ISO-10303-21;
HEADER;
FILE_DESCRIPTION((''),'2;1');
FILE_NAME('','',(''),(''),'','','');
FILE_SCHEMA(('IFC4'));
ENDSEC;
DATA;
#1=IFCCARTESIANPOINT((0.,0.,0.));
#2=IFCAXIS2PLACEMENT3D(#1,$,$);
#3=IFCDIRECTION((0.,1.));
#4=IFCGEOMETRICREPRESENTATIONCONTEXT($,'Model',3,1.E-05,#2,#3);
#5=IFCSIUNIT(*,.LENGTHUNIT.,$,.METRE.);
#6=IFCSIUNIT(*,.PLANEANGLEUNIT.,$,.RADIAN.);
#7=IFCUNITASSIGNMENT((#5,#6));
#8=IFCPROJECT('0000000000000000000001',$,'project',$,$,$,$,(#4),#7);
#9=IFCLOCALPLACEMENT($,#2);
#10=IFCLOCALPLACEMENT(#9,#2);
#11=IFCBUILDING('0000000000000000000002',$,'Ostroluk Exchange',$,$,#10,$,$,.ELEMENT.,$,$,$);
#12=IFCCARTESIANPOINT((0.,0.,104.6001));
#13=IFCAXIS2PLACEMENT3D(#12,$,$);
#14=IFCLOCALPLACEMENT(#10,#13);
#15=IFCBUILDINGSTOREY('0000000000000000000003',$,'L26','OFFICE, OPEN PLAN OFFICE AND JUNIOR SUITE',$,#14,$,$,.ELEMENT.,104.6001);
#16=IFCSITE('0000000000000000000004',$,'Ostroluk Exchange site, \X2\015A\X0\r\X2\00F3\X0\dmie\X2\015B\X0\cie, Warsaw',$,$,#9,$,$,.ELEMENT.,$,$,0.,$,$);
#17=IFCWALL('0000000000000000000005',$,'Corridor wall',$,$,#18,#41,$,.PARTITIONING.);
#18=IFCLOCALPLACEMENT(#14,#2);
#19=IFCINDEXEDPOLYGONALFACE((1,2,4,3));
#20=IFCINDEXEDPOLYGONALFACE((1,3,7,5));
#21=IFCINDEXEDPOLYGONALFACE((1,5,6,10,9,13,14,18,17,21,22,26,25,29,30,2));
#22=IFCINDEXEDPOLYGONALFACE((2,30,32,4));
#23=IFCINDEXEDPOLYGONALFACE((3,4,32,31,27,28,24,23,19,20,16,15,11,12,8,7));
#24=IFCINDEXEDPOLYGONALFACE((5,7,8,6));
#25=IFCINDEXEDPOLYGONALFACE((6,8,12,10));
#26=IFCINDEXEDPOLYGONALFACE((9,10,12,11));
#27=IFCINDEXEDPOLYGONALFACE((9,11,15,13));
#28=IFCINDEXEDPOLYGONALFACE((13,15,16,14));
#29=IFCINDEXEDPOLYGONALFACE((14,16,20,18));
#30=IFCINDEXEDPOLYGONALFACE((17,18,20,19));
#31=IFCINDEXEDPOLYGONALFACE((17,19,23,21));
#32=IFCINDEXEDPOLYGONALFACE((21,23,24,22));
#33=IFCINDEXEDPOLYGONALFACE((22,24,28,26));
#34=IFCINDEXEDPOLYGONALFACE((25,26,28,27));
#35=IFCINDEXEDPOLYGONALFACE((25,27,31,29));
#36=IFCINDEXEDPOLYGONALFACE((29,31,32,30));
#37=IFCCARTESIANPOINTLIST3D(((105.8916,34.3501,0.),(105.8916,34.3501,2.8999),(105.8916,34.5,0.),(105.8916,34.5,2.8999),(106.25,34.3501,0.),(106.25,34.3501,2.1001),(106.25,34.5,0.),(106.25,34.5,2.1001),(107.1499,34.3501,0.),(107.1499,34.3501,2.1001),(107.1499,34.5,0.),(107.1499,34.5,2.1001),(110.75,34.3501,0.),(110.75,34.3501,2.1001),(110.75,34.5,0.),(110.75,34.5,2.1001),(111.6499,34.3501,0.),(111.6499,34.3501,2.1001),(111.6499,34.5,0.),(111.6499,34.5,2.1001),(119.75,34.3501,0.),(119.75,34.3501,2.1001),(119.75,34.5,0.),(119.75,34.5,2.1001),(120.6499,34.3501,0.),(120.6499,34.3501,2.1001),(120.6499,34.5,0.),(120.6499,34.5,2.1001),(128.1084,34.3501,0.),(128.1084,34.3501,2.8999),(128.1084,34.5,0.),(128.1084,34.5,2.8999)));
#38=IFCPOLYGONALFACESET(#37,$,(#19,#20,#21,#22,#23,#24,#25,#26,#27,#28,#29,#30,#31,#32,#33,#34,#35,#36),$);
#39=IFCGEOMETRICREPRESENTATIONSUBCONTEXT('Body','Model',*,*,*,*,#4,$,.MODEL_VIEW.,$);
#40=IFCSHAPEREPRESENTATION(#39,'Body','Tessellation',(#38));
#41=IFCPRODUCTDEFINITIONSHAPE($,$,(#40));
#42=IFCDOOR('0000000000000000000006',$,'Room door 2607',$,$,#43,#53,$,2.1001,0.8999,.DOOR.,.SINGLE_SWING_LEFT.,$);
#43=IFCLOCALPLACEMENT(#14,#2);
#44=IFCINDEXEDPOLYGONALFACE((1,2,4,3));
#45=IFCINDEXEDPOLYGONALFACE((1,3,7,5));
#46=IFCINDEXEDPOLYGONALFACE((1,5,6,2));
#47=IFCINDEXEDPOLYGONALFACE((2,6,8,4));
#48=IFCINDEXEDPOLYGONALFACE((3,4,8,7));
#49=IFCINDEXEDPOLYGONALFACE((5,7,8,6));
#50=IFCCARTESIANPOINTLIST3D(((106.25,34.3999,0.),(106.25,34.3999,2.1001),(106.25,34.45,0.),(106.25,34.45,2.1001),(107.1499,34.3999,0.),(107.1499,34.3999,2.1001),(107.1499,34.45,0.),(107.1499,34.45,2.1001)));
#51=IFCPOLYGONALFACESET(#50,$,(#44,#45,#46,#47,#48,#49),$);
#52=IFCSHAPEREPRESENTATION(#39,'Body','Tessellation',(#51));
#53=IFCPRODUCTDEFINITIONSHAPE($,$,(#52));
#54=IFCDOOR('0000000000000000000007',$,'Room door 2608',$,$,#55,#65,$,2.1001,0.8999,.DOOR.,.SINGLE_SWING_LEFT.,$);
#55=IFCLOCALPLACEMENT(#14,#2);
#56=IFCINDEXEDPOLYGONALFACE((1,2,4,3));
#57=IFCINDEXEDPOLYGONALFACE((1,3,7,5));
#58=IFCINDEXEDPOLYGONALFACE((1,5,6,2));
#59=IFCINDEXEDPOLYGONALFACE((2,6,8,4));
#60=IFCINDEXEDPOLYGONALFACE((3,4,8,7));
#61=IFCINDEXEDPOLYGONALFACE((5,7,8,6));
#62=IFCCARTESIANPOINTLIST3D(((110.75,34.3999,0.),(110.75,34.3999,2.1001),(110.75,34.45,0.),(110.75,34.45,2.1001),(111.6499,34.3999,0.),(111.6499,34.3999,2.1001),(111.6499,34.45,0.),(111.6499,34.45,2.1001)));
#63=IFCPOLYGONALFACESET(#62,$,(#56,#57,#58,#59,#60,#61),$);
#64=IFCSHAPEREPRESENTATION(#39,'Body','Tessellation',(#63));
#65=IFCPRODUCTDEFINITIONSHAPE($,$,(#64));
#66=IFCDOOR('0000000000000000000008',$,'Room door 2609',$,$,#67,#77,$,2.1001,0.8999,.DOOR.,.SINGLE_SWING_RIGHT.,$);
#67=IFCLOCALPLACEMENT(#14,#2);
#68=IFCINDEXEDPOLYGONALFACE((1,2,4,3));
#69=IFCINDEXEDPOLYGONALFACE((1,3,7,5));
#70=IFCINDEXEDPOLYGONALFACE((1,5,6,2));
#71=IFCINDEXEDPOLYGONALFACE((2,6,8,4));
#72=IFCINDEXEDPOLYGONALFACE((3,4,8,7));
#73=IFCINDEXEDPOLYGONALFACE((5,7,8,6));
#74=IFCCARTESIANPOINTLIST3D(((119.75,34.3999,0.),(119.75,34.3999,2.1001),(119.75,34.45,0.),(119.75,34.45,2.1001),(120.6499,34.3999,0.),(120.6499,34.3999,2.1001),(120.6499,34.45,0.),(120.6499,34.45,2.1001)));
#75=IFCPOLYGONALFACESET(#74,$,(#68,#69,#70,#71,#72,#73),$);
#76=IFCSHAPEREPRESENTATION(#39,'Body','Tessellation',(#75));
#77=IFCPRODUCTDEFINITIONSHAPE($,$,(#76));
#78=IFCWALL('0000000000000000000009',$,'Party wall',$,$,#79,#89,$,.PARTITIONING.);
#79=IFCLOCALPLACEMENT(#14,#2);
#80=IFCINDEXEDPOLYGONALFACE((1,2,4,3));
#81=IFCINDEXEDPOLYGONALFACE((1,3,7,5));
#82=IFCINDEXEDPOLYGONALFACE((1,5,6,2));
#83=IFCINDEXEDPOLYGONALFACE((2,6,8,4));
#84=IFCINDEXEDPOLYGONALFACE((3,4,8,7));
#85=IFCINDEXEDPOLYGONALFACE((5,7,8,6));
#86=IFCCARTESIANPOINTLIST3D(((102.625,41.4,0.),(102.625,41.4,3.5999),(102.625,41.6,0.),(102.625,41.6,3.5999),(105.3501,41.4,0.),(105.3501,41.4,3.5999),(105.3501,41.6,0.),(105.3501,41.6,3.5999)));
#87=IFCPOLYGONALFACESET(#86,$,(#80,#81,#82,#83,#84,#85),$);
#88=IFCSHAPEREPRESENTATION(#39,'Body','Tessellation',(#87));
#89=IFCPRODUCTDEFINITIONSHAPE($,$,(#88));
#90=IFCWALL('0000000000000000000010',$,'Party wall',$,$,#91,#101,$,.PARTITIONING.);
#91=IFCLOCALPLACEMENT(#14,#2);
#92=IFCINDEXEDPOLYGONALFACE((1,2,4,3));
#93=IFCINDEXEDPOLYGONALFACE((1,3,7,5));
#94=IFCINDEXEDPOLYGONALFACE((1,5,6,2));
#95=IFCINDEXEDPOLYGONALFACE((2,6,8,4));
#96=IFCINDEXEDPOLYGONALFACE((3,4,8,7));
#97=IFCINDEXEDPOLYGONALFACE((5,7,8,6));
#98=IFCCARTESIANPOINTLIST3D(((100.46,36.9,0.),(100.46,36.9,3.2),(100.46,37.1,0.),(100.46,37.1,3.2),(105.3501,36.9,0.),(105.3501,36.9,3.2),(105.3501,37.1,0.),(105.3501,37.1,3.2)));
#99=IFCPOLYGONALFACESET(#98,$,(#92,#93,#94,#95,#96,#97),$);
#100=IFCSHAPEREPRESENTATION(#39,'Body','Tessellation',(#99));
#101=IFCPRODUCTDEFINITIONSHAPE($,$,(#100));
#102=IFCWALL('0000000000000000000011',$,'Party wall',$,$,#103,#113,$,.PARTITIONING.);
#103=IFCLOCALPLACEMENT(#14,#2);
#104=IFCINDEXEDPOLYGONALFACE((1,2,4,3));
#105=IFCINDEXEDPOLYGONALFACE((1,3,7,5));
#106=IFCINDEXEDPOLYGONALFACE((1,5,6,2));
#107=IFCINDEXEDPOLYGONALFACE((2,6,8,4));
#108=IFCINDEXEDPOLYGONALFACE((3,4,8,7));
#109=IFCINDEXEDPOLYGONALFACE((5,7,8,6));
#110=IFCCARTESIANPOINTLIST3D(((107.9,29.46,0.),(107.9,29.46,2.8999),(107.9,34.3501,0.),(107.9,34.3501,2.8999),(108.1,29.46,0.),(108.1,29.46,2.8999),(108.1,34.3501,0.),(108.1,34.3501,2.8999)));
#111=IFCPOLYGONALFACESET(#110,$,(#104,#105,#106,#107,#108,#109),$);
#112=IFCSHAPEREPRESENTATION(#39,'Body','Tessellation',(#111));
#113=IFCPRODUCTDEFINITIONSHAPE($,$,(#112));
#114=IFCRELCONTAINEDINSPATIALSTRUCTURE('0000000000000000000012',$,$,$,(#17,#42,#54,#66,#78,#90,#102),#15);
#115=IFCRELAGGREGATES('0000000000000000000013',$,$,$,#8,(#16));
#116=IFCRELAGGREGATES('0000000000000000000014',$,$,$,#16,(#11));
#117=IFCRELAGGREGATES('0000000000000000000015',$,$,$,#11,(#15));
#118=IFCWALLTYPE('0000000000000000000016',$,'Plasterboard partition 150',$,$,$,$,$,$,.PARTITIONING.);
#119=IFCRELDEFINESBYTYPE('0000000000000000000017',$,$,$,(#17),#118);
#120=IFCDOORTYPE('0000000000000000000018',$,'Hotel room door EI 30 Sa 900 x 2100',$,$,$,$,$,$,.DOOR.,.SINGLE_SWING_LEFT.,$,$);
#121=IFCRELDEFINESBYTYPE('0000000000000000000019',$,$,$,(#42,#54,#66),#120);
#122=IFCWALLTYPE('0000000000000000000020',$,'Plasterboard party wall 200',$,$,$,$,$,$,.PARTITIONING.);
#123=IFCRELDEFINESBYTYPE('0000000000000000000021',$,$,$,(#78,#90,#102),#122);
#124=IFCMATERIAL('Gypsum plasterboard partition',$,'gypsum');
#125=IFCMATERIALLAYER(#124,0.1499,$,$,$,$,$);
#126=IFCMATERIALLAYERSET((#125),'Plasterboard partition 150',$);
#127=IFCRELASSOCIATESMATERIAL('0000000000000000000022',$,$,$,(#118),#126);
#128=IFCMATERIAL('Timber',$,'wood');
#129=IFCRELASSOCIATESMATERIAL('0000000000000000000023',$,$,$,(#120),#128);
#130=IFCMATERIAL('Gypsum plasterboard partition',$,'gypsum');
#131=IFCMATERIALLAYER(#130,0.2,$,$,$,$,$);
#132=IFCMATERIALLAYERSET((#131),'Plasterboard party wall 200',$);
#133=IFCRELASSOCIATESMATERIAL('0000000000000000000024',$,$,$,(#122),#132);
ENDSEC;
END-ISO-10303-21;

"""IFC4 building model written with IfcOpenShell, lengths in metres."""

from ifc_helpers import new_model, si_unit, direction, frame, frame_2d, origin, place, context, subcontext, project, spatial, rectangle, extrude, material, layer, layer_set, type_object, element, fill, save


model = new_model("IFC4")

# Units and contexts
model_context = context("Model", 3, precision=1e-05, world=origin(), true_north=direction((0.0, 1.0)))
body_context = subcontext(model_context, "Body", "Model", "MODEL_VIEW")
ifc_project = project(units=[si_unit("LENGTHUNIT", "METRE"), si_unit("PLANEANGLEUNIT", "RADIAN")], contexts=[model_context])

# Site, building, storey
site_placement = place(None, origin())
site = spatial("IfcSite", under=ifc_project, at=site_placement, Name="Ostroluk Exchange site, Śródmieście, Warsaw", CompositionType="ELEMENT", RefElevation=0.0)
building_placement = place(site_placement, origin())
building = spatial("IfcBuilding", under=site, at=building_placement, Name="Ostroluk Exchange", CompositionType="ELEMENT")
storey_placement = place(building_placement, frame((0.0, 0.0, 104.6001)))
storey = spatial("IfcBuildingStorey", under=building, at=storey_placement, Name="L26", Description="OFFICE, OPEN PLAN OFFICE AND JUNIOR SUITE", CompositionType="ELEMENT", Elevation=104.6001)

# Wall, openings, doors
ifc_material_1 = material(Name="Gypsum plasterboard partition", Category="gypsum")
ifc_layer_1 = layer(ifc_material_1, 0.1499)
ifc_layer_set_1 = layer_set([ifc_layer_1], Name="Plasterboard partition 150")
wall_type_1 = type_object("IfcWallType", Name="Plasterboard partition 150", PredefinedType="PARTITIONING", material=ifc_layer_set_1)
wall_1_placement = place(storey_placement, frame((105.8916, 34.425, 0.0), z_axis=(0.0, 0.0, 1.0), x_axis=(1.0, 0.0, 0.0)))
wall_1 = element("IfcWall", 1, at=wall_1_placement, inside=storey, type_object=wall_type_1, Name="Corridor wall", PredefinedType="PARTITIONING", context=body_context, shape_type="SweptSolid", body=[
    extrude(rectangle(XDim=22.2168, YDim=0.1499, at=frame_2d((11.1084, 0.0))), origin(), (0.0, 0.0, 1.0), 2.8999),
])
opening_1_placement = place(wall_1_placement, frame((0.3584, 0.0, 0.0)))
opening_1 = element("IfcOpeningElement", 2, at=opening_1_placement, cuts=wall_1, PredefinedType="OPENING", context=body_context, shape_type="SweptSolid", body=[
    extrude(rectangle(XDim=0.8999, YDim=2.1001, at=frame_2d((0.45, 1.05))), frame((0.0, 0.085, 0.0), z_axis=(0.0, -1.0, 0.0), x_axis=(1.0, 0.0, 0.0)), (0.0, 0.0, 1.0), 0.1699),
])
opening_2_placement = place(wall_1_placement, frame((4.8584, 0.0, 0.0)))
opening_2 = element("IfcOpeningElement", 3, at=opening_2_placement, cuts=wall_1, PredefinedType="OPENING", context=body_context, shape_type="SweptSolid", body=[
    extrude(rectangle(XDim=0.8999, YDim=2.1001, at=frame_2d((0.45, 1.05))), frame((0.0, 0.085, 0.0), z_axis=(0.0, -1.0, 0.0), x_axis=(1.0, 0.0, 0.0)), (0.0, 0.0, 1.0), 0.1699),
])
opening_3_placement = place(wall_1_placement, frame((13.8584, 0.0, 0.0)))
opening_3 = element("IfcOpeningElement", 4, at=opening_3_placement, cuts=wall_1, PredefinedType="OPENING", context=body_context, shape_type="SweptSolid", body=[
    extrude(rectangle(XDim=0.8999, YDim=2.1001, at=frame_2d((0.45, 1.05))), frame((0.0, 0.085, 0.0), z_axis=(0.0, -1.0, 0.0), x_axis=(1.0, 0.0, 0.0)), (0.0, 0.0, 1.0), 0.1699),
])
ifc_material_2 = material(Name="Timber", Category="wood")
door_type_1 = type_object("IfcDoorType", Name="Hotel room door EI 30 Sa 900 x 2100", OperationType="SINGLE_SWING_LEFT", PredefinedType="DOOR", material=ifc_material_2)
door_1_placement = place(opening_1_placement, origin())
door_1 = element("IfcDoor", 5, at=door_1_placement, inside=storey, type_object=door_type_1, Name="Room door 2607", OperationType="SINGLE_SWING_LEFT", OverallHeight=2.1001, OverallWidth=0.8999, PredefinedType="DOOR", context=body_context, shape_type="SweptSolid", body=[
    extrude(rectangle(XDim=0.8999, YDim=2.1001, at=frame_2d((0.45, 1.05))), frame((0.0, 0.0249, 0.0), z_axis=(0.0, -1.0, 0.0), x_axis=(1.0, 0.0, 0.0)), (0.0, 0.0, 1.0), 0.05),
])
fill(opening_1, door_1)
door_2_placement = place(opening_2_placement, origin())
door_2 = element("IfcDoor", 6, at=door_2_placement, inside=storey, type_object=door_type_1, Name="Room door 2608", OperationType="SINGLE_SWING_LEFT", OverallHeight=2.1001, OverallWidth=0.8999, PredefinedType="DOOR", context=body_context, shape_type="SweptSolid", body=[
    extrude(rectangle(XDim=0.8999, YDim=2.1001, at=frame_2d((0.45, 1.05))), frame((0.0, 0.0249, 0.0), z_axis=(0.0, -1.0, 0.0), x_axis=(1.0, 0.0, 0.0)), (0.0, 0.0, 1.0), 0.05),
])
fill(opening_2, door_2)
door_3_placement = place(opening_3_placement, origin())
door_3 = element("IfcDoor", 7, at=door_3_placement, inside=storey, type_object=door_type_1, Name="Room door 2609", OperationType="SINGLE_SWING_RIGHT", OverallHeight=2.1001, OverallWidth=0.8999, PredefinedType="DOOR", context=body_context, shape_type="SweptSolid", body=[
    extrude(rectangle(XDim=0.8999, YDim=2.1001, at=frame_2d((0.45, 1.05))), frame((0.0, 0.0249, 0.0), z_axis=(0.0, -1.0, 0.0), x_axis=(1.0, 0.0, 0.0)), (0.0, 0.0, 1.0), 0.05),
])
fill(opening_3, door_3)

# Walls
ifc_material_3 = material(Name="Gypsum plasterboard partition", Category="gypsum")
ifc_layer_2 = layer(ifc_material_3, 0.2)
ifc_layer_set_2 = layer_set([ifc_layer_2], Name="Plasterboard party wall 200")
wall_type_2 = type_object("IfcWallType", Name="Plasterboard party wall 200", PredefinedType="PARTITIONING", material=ifc_layer_set_2)
wall_2_placement = place(storey_placement, frame((105.3501, 41.5, 0.0), z_axis=(0.0, 0.0, 1.0), x_axis=(-1.0, 0.0, 0.0)))
element("IfcWall", 8, at=wall_2_placement, inside=storey, type_object=wall_type_2, Name="Party wall", PredefinedType="PARTITIONING", context=body_context, shape_type="SweptSolid", body=[
    extrude(rectangle(XDim=2.7251, YDim=0.2, at=frame_2d((1.3625, 0.0))), origin(), (0.0, 0.0, 1.0), 3.5999),
])
wall_3_placement = place(storey_placement, frame((105.3501, 37.0, 0.0), z_axis=(0.0, 0.0, 1.0), x_axis=(-1.0, 0.0, 0.0)))
element("IfcWall", 9, at=wall_3_placement, inside=storey, type_object=wall_type_2, Name="Party wall", PredefinedType="PARTITIONING", context=body_context, shape_type="SweptSolid", body=[
    extrude(rectangle(XDim=4.8901, YDim=0.2, at=frame_2d((2.4451, 0.0))), origin(), (0.0, 0.0, 1.0), 3.2),
])
wall_4_placement = place(storey_placement, frame((108.0, 34.3501, 0.0), z_axis=(0.0, 0.0, 1.0), x_axis=(0.0, -1.0, 0.0)))
element("IfcWall", 10, at=wall_4_placement, inside=storey, type_object=wall_type_2, Name="Party wall", PredefinedType="PARTITIONING", context=body_context, shape_type="SweptSolid", body=[
    extrude(rectangle(XDim=4.8901, YDim=0.2, at=frame_2d((2.4451, 0.0))), origin(), (0.0, 0.0, 1.0), 2.8999),
])

save(model, "model.ifc")
